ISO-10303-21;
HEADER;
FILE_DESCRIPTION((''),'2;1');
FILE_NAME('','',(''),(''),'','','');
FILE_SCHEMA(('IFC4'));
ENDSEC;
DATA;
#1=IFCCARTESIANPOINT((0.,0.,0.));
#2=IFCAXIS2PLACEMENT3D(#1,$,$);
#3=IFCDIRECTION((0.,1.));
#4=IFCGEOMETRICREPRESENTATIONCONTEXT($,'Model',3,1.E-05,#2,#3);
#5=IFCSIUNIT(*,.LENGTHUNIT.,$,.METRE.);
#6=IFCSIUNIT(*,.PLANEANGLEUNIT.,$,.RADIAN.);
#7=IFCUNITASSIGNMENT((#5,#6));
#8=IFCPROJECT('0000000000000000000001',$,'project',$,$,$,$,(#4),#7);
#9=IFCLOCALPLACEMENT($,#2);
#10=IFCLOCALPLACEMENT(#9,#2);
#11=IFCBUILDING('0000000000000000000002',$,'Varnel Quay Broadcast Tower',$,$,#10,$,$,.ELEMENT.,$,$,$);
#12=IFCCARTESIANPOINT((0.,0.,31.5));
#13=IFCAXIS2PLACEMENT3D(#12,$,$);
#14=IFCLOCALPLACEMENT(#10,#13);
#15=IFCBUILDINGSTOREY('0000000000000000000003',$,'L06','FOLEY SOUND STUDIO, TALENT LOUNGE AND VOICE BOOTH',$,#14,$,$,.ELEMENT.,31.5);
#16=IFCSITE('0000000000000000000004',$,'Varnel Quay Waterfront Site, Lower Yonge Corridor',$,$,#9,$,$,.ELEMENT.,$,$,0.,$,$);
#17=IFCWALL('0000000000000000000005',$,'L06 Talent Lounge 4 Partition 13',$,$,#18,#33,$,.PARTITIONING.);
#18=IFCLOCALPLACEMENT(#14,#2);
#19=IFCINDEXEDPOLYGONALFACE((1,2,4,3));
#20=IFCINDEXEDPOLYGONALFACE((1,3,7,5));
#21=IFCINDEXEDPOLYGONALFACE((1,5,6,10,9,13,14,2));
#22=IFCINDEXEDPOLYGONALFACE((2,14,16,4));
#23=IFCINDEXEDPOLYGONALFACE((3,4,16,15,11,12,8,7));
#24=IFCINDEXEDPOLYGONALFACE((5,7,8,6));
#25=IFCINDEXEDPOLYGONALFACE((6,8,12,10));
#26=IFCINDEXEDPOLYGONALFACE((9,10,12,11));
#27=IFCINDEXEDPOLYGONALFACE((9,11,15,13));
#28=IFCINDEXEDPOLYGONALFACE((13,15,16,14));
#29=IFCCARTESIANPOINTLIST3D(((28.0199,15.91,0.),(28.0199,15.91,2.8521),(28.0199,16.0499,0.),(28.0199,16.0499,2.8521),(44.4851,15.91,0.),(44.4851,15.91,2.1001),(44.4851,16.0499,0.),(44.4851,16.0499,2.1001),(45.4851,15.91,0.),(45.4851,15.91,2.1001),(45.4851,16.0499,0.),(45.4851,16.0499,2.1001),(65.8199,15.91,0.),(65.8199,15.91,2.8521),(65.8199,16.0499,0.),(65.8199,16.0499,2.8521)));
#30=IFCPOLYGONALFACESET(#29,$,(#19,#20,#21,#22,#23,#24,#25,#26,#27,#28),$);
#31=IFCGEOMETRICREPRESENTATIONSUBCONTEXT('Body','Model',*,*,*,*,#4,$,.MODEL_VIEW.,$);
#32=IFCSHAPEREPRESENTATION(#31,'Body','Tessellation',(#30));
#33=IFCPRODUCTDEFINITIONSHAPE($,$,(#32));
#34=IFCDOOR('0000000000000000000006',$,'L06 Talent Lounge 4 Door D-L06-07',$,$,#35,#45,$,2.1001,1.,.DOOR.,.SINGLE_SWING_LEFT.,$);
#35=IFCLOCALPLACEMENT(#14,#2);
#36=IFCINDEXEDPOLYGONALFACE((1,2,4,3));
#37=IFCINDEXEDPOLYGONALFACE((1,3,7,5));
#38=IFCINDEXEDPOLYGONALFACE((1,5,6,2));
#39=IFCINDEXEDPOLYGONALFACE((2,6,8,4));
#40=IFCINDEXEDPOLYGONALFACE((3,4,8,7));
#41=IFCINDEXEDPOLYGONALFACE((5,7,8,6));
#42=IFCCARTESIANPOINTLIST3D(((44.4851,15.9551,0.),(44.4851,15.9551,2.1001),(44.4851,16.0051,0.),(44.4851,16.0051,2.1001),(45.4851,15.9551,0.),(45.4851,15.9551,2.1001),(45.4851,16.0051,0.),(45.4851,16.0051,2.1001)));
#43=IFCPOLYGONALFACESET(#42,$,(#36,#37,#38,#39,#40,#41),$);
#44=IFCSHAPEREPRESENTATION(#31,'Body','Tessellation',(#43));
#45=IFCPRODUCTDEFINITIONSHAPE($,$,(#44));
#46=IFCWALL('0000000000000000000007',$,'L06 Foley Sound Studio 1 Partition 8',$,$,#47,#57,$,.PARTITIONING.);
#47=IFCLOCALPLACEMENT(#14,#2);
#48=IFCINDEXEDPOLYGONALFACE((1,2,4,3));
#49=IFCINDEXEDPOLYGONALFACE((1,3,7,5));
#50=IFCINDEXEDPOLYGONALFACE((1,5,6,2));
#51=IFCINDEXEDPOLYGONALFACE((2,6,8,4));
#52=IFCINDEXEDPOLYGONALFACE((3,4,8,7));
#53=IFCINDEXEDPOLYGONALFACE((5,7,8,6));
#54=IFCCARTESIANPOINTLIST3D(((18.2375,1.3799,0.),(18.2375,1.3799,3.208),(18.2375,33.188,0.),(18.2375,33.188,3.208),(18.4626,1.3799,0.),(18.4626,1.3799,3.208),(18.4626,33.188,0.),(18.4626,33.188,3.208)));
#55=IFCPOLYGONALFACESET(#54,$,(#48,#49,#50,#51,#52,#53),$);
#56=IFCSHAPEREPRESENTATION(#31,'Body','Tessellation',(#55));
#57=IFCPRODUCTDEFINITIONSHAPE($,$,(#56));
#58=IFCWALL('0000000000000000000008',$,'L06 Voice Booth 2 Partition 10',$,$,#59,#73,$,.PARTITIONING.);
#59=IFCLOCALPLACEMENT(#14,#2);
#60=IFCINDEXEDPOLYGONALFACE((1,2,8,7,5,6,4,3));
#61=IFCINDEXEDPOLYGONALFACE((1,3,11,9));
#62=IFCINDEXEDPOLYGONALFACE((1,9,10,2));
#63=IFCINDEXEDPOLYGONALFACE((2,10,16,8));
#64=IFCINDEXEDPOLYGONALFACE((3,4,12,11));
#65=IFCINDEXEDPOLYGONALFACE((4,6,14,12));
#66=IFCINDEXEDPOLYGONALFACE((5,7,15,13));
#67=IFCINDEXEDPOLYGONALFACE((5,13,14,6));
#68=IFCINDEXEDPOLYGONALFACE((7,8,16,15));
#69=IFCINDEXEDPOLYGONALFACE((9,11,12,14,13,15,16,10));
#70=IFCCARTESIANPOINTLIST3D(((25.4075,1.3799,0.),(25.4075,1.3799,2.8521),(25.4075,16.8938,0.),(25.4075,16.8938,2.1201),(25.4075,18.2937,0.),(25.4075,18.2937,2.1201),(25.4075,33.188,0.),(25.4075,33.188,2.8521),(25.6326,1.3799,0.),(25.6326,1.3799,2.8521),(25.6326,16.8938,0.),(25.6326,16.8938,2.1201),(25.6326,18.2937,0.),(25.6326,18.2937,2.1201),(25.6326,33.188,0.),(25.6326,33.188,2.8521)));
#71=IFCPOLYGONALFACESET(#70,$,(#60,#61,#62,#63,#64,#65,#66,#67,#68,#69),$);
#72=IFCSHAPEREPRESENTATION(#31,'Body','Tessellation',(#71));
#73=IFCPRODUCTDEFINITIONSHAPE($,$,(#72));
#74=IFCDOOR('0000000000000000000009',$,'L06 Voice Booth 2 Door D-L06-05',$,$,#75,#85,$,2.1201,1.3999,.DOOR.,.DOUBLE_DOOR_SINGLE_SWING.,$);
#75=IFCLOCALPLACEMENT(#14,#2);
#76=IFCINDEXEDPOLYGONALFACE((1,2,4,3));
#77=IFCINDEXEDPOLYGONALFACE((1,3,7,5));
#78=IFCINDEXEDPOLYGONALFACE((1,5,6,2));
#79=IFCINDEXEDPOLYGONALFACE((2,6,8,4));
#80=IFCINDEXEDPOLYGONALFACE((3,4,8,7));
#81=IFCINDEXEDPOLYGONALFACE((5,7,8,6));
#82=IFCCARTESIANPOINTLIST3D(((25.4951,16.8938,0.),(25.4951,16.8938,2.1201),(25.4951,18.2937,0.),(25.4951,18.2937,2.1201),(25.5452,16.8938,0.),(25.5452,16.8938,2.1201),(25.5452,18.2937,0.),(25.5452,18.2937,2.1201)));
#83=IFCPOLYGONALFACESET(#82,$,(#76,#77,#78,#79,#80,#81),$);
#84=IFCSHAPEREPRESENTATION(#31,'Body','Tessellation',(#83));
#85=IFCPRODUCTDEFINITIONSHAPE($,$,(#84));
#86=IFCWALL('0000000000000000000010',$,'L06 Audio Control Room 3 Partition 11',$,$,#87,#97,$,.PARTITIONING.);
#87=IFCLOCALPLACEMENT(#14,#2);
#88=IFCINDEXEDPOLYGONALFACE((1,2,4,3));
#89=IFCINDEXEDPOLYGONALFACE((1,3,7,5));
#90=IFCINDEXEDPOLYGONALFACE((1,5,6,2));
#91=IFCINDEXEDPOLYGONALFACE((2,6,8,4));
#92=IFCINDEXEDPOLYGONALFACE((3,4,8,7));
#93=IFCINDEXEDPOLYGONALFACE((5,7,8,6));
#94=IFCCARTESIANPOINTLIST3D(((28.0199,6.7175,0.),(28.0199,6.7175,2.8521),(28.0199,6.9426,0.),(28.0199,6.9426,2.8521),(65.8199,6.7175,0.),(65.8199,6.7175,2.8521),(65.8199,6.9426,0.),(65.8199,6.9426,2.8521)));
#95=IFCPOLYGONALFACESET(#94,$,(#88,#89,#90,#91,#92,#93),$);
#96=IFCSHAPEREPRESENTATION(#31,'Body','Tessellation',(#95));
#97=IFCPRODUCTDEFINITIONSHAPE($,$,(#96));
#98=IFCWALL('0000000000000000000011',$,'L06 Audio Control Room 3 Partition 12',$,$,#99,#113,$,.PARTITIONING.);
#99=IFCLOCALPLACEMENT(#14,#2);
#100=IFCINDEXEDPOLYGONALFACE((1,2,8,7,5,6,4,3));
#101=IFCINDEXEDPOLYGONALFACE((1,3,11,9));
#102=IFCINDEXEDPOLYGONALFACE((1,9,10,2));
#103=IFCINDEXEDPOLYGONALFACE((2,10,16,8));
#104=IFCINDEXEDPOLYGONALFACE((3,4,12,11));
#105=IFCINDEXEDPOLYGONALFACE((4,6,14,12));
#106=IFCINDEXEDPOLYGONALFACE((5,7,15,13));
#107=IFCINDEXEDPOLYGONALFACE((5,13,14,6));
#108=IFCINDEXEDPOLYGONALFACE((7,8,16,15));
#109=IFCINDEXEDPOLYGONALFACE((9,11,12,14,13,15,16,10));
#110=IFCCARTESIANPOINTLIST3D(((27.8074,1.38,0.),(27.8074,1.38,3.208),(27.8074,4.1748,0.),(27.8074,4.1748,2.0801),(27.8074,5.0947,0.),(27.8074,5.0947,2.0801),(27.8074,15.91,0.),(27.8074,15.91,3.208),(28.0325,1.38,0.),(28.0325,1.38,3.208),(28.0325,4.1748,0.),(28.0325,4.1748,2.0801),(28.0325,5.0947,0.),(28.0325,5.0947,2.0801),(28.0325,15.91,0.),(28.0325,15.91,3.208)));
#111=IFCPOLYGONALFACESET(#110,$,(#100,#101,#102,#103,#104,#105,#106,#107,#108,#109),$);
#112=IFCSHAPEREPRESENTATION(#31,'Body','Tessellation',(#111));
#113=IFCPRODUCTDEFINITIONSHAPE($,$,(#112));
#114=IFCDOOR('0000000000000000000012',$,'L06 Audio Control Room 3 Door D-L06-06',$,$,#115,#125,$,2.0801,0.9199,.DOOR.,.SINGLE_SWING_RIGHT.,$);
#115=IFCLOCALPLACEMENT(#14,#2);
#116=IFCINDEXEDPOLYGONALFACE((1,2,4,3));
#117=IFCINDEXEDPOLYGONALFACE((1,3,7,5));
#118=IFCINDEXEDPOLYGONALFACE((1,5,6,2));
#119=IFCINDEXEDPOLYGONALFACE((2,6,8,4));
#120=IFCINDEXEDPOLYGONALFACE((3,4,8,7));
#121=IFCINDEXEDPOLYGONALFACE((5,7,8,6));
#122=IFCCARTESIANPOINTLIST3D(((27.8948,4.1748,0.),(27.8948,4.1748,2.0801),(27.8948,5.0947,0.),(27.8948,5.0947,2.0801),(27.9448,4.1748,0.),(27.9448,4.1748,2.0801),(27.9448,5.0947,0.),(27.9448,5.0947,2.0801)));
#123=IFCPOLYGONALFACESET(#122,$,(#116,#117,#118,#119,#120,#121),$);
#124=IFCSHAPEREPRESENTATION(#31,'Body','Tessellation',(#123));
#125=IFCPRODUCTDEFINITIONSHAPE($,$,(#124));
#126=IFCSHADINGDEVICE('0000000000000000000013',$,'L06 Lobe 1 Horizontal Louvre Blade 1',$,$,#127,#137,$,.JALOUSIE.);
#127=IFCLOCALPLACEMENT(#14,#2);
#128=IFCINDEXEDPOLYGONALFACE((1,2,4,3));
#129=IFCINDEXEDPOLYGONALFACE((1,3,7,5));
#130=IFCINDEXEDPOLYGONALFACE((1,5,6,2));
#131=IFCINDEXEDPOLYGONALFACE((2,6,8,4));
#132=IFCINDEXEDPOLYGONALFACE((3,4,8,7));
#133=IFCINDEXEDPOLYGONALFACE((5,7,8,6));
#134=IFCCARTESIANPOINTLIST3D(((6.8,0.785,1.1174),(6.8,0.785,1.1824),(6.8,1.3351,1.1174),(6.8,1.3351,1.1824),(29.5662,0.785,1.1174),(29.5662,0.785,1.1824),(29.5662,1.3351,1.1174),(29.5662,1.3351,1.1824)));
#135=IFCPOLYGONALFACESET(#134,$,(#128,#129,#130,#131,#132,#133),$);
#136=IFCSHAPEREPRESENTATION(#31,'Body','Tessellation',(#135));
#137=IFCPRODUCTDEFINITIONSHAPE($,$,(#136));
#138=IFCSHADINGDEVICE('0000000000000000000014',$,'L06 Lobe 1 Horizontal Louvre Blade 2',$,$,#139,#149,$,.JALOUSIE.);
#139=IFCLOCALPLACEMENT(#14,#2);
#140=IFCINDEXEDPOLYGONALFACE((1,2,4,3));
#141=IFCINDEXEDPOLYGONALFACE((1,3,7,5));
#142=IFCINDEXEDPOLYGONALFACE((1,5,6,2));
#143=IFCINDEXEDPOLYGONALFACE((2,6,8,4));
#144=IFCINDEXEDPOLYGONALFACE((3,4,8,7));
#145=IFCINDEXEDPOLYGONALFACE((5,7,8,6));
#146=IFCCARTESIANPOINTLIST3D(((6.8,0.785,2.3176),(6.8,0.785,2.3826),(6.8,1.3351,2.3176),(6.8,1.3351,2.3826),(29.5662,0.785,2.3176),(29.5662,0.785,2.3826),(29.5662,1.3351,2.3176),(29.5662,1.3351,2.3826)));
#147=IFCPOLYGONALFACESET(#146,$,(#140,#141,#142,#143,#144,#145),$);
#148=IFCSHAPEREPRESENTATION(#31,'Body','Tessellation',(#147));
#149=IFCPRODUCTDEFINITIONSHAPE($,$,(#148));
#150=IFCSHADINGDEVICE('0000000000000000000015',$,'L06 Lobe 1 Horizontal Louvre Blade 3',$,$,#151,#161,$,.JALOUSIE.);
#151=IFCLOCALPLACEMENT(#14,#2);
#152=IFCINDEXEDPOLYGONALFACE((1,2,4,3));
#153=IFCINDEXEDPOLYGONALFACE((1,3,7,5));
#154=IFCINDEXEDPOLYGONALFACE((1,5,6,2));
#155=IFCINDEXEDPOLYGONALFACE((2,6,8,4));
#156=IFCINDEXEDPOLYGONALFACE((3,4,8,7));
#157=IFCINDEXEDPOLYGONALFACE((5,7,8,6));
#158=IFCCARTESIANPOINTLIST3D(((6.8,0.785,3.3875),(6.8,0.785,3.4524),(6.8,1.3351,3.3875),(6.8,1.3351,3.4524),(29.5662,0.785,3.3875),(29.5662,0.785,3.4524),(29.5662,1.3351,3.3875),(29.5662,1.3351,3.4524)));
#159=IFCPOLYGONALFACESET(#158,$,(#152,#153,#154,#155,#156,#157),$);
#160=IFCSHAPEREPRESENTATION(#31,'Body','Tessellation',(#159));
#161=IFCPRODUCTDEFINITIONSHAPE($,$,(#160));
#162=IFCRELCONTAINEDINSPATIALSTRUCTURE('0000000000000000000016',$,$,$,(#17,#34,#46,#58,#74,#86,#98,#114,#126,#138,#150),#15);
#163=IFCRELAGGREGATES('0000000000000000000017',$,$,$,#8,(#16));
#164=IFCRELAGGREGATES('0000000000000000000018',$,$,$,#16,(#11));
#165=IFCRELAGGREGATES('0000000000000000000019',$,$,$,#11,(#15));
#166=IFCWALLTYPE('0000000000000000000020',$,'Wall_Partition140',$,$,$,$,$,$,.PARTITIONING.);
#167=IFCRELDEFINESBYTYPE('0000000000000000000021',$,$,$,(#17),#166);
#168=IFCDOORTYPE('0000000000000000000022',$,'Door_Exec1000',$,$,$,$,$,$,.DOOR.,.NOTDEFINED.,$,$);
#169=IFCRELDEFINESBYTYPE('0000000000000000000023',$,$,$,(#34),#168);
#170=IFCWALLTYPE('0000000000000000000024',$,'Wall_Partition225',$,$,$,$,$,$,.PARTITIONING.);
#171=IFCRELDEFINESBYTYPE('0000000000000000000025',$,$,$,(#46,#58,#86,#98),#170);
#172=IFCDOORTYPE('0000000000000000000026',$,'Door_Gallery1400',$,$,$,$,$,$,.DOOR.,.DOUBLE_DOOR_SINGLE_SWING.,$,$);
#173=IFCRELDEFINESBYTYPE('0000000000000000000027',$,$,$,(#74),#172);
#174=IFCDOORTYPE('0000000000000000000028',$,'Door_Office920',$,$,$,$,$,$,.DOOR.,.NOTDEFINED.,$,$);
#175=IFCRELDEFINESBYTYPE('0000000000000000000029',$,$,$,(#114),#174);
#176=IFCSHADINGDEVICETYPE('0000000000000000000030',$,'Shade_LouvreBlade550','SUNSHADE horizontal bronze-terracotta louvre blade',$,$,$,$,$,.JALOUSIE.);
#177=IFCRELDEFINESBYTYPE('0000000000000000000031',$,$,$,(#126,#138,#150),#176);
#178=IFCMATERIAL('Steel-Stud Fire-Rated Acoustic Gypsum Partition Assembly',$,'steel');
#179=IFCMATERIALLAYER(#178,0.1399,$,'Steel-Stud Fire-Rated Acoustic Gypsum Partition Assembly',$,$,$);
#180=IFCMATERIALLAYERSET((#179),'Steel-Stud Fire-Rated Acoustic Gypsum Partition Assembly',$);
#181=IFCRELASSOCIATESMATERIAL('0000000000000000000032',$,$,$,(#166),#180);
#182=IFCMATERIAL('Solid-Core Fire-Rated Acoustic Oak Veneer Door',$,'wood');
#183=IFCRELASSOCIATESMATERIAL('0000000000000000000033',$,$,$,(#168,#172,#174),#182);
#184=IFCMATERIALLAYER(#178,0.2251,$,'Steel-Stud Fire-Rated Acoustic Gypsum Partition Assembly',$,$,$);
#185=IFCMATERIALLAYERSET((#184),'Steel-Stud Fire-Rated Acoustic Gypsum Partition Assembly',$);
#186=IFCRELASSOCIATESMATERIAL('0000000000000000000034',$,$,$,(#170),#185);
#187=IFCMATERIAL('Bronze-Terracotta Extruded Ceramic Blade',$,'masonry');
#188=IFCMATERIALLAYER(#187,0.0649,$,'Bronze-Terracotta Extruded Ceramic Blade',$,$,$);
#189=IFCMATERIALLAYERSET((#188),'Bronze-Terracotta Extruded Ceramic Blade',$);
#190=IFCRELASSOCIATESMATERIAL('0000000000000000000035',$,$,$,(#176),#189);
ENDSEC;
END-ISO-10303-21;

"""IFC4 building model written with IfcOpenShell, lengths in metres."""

from ifc_helpers import new_model, si_unit, direction, frame, frame_2d, origin, origin_2d, place, context, subcontext, project, spatial, rectangle, extrude, source, transform, mapped, material, layer, layer_set, type_object, type_shapes, element, fill, save


model = new_model("IFC4")

# Units and contexts
model_context = context("Model", 3, precision=1e-05, world=origin(), true_north=direction((0.0, 1.0)))
body_context = subcontext(model_context, "Body", "Model", "MODEL_VIEW")
ifc_project = project(units=[si_unit("LENGTHUNIT", "METRE"), si_unit("PLANEANGLEUNIT", "RADIAN")], contexts=[model_context])

# Site, building, storey
site_placement = place(None, origin())
site = spatial("IfcSite", under=ifc_project, at=site_placement, Name="Varnel Quay Waterfront Site, Lower Yonge Corridor", CompositionType="ELEMENT", RefElevation=0.0)
building_placement = place(site_placement, origin())
building = spatial("IfcBuilding", under=site, at=building_placement, Name="Varnel Quay Broadcast Tower", CompositionType="ELEMENT")
storey_placement = place(building_placement, frame((0.0, 0.0, 31.5)))
storey = spatial("IfcBuildingStorey", under=building, at=storey_placement, Name="L06", Description="FOLEY SOUND STUDIO, TALENT LOUNGE AND VOICE BOOTH", CompositionType="ELEMENT", Elevation=31.5)

# Wall, opening, door
ifc_material_1 = material(Name="Steel-Stud Fire-Rated Acoustic Gypsum Partition Assembly", Category="steel")
ifc_layer_1 = layer(ifc_material_1, 0.1399, Name="Steel-Stud Fire-Rated Acoustic Gypsum Partition Assembly")
ifc_layer_set_1 = layer_set([ifc_layer_1], Name="Steel-Stud Fire-Rated Acoustic Gypsum Partition Assembly")
wall_type_1 = type_object("IfcWallType", Name="Wall_Partition140", PredefinedType="PARTITIONING", material=ifc_layer_set_1)
wall_1_placement = place(storey_placement, frame((28.02, 15.98, 0.0), z_axis=(0.0, 0.0, 1.0), x_axis=(1.0, 0.0, 0.0)))
wall_1 = element("IfcWall", 1, at=wall_1_placement, inside=storey, type_object=wall_type_1, Name="L06 Talent Lounge 4 Partition 13", PredefinedType="PARTITIONING", context=body_context, shape_type="SweptSolid", body=[
    extrude(rectangle(XDim=37.8, YDim=0.1399, at=frame_2d((18.8999, 0.0))), origin(), (0.0, 0.0, 1.0), 2.8521),
])
opening_1_placement = place(wall_1_placement, frame((16.4651, 0.0, 0.0)))
opening_1 = element("IfcOpeningElement", 2, at=opening_1_placement, cuts=wall_1, PredefinedType="OPENING", context=body_context, shape_type="SweptSolid", body=[
    extrude(rectangle(XDim=1.0, YDim=2.1001, at=frame_2d((0.5, 1.05))), frame((0.0, 0.0801, 0.0), z_axis=(0.0, -1.0, 0.0), x_axis=(1.0, 0.0, 0.0)), (0.0, 0.0, 1.0), 0.1599),
])
ifc_material_2 = material(Name="Solid-Core Fire-Rated Acoustic Oak Veneer Door", Category="wood")
door_type_1 = type_object("IfcDoorType", Name="Door_Exec1000", OperationType="NOTDEFINED", PredefinedType="DOOR", material=ifc_material_2)
shared_shape_1 = source(origin(), body_context, "Body", "SweptSolid", [
    extrude(rectangle(XDim=1.0, YDim=2.1001, at=frame_2d((0.5, 1.05))), frame((0.0, 0.0249, 0.0), z_axis=(0.0, -1.0, 0.0), x_axis=(1.0, 0.0, 0.0)), (0.0, 0.0, 1.0), 0.05),
])
type_shapes(door_type_1, [shared_shape_1])
door_1_placement = place(opening_1_placement, frame((1.0, 0.0, 0.0), z_axis=(0.0, 0.0, 1.0), x_axis=(-1.0, 0.0, 0.0)))
door_1 = element("IfcDoor", 3, at=door_1_placement, inside=storey, type_object=door_type_1, Name="L06 Talent Lounge 4 Door D-L06-07", OperationType="SINGLE_SWING_LEFT", OverallHeight=2.1001, OverallWidth=1.0, PredefinedType="DOOR", context=body_context, shape_type="MappedRepresentation", body=[
    mapped(shared_shape_1, transform((0.0, 0.0, 0.0), x_axis=(1.0, 0.0, 0.0), y_axis=(0.0, 1.0, 0.0), z_axis=(0.0, 0.0, 1.0), scale=1.0)),
])
fill(opening_1, door_1)

# Wall
ifc_layer_2 = layer(ifc_material_1, 0.2251, Name="Steel-Stud Fire-Rated Acoustic Gypsum Partition Assembly")
ifc_layer_set_2 = layer_set([ifc_layer_2], Name="Steel-Stud Fire-Rated Acoustic Gypsum Partition Assembly")
wall_type_2 = type_object("IfcWallType", Name="Wall_Partition225", PredefinedType="PARTITIONING", material=ifc_layer_set_2)
wall_2_placement = place(storey_placement, frame((18.3501, 1.3799, 0.0), z_axis=(0.0, 0.0, 1.0), x_axis=(0.0, 1.0, 0.0)))
element("IfcWall", 4, at=wall_2_placement, inside=storey, type_object=wall_type_2, Name="L06 Foley Sound Studio 1 Partition 8", PredefinedType="PARTITIONING", context=body_context, shape_type="SweptSolid", body=[
    extrude(rectangle(XDim=31.8081, YDim=0.2251, at=frame_2d((15.9041, 0.0))), origin(), (0.0, 0.0, 1.0), 3.208),
])

# Wall, opening, door
wall_3_placement = place(storey_placement, frame((25.52, 1.3799, 0.0), z_axis=(0.0, 0.0, 1.0), x_axis=(0.0, 1.0, 0.0)))
wall_3 = element("IfcWall", 5, at=wall_3_placement, inside=storey, type_object=wall_type_2, Name="L06 Voice Booth 2 Partition 10", PredefinedType="PARTITIONING", context=body_context, shape_type="SweptSolid", body=[
    extrude(rectangle(XDim=31.8081, YDim=0.2251, at=frame_2d((15.9041, 0.0))), origin(), (0.0, 0.0, 1.0), 2.8521),
])
opening_2_placement = place(wall_3_placement, frame((15.5139, 0.0, 0.0)))
opening_2 = element("IfcOpeningElement", 6, at=opening_2_placement, cuts=wall_3, PredefinedType="OPENING", context=body_context, shape_type="SweptSolid", body=[
    extrude(rectangle(XDim=1.3999, YDim=2.1201, at=frame_2d((0.7, 1.0601))), frame((0.0, 0.1226, 0.0), z_axis=(0.0, -1.0, 0.0), x_axis=(1.0, 0.0, 0.0)), (0.0, 0.0, 1.0), 0.2451),
])
door_type_2 = type_object("IfcDoorType", Name="Door_Gallery1400", OperationType="DOUBLE_DOOR_SINGLE_SWING", PredefinedType="DOOR", material=ifc_material_2)
shared_shape_2 = source(origin(), body_context, "Body", "SweptSolid", [
    extrude(rectangle(XDim=1.3999, YDim=2.1201, at=frame_2d((0.7, 1.0601))), frame((0.0, 0.0249, 0.0), z_axis=(0.0, -1.0, 0.0), x_axis=(1.0, 0.0, 0.0)), (0.0, 0.0, 1.0), 0.05),
])
type_shapes(door_type_2, [shared_shape_2])
door_2_placement = place(opening_2_placement, origin())
door_2 = element("IfcDoor", 7, at=door_2_placement, inside=storey, type_object=door_type_2, Name="L06 Voice Booth 2 Door D-L06-05", OperationType="DOUBLE_DOOR_SINGLE_SWING", OverallHeight=2.1201, OverallWidth=1.3999, PredefinedType="DOOR", context=body_context, shape_type="MappedRepresentation", body=[
    mapped(shared_shape_2, transform((0.0, 0.0, 0.0), x_axis=(1.0, 0.0, 0.0), y_axis=(0.0, 1.0, 0.0), z_axis=(0.0, 0.0, 1.0), scale=1.0)),
])
fill(opening_2, door_2)

# Wall
wall_4_placement = place(storey_placement, frame((28.02, 6.8301, 0.0), z_axis=(0.0, 0.0, 1.0), x_axis=(1.0, 0.0, 0.0)))
element("IfcWall", 8, at=wall_4_placement, inside=storey, type_object=wall_type_2, Name="L06 Audio Control Room 3 Partition 11", PredefinedType="PARTITIONING", context=body_context, shape_type="SweptSolid", body=[
    extrude(rectangle(XDim=37.8, YDim=0.2251, at=frame_2d((18.8999, 0.0))), origin(), (0.0, 0.0, 1.0), 2.8521),
])

# Wall, opening, door
wall_5_placement = place(storey_placement, frame((27.9199, 1.3799, 0.0), z_axis=(0.0, 0.0, 1.0), x_axis=(0.0, 1.0, 0.0)))
wall_5 = element("IfcWall", 9, at=wall_5_placement, inside=storey, type_object=wall_type_2, Name="L06 Audio Control Room 3 Partition 12", PredefinedType="PARTITIONING", context=body_context, shape_type="SweptSolid", body=[
    extrude(rectangle(XDim=14.53, YDim=0.2251, at=frame_2d((7.2651, 0.0))), origin(), (0.0, 0.0, 1.0), 3.208),
])
opening_3_placement = place(wall_5_placement, frame((2.7949, 0.0, 0.0)))
opening_3 = element("IfcOpeningElement", 10, at=opening_3_placement, cuts=wall_5, PredefinedType="OPENING", context=body_context, shape_type="SweptSolid", body=[
    extrude(rectangle(XDim=0.9199, YDim=2.0801, at=frame_2d((0.46, 1.04))), frame((0.0, 0.1226, 0.0), z_axis=(0.0, -1.0, 0.0), x_axis=(1.0, 0.0, 0.0)), (0.0, 0.0, 1.0), 0.2451),
])
door_type_3 = type_object("IfcDoorType", Name="Door_Office920", OperationType="NOTDEFINED", PredefinedType="DOOR", material=ifc_material_2)
shared_shape_3 = source(origin(), body_context, "Body", "SweptSolid", [
    extrude(rectangle(XDim=0.9199, YDim=2.0801, at=frame_2d((0.46, 1.04))), frame((0.0, 0.0249, 0.0), z_axis=(0.0, -1.0, 0.0), x_axis=(1.0, 0.0, 0.0)), (0.0, 0.0, 1.0), 0.05),
])
type_shapes(door_type_3, [shared_shape_3])
door_3_placement = place(opening_3_placement, frame((0.9199, 0.0, 0.0), z_axis=(0.0, 0.0, 1.0), x_axis=(-1.0, 0.0, 0.0)))
door_3 = element("IfcDoor", 11, at=door_3_placement, inside=storey, type_object=door_type_3, Name="L06 Audio Control Room 3 Door D-L06-06", OperationType="SINGLE_SWING_RIGHT", OverallHeight=2.0801, OverallWidth=0.9199, PredefinedType="DOOR", context=body_context, shape_type="MappedRepresentation", body=[
    mapped(shared_shape_3, transform((0.0, 0.0, 0.0), x_axis=(1.0, 0.0, 0.0), y_axis=(0.0, 1.0, 0.0), z_axis=(0.0, 0.0, 1.0), scale=1.0)),
])
fill(opening_3, door_3)

# Shading devices
ifc_material_3 = material(Name="Bronze-Terracotta Extruded Ceramic Blade", Category="masonry")
ifc_layer_3 = layer(ifc_material_3, 0.0649, Name="Bronze-Terracotta Extruded Ceramic Blade")
ifc_layer_set_3 = layer_set([ifc_layer_3], Name="Bronze-Terracotta Extruded Ceramic Blade")
shading_device_type = type_object("IfcShadingDeviceType", Name="Shade_LouvreBlade550", Description="SUNSHADE horizontal bronze-terracotta louvre blade", PredefinedType="JALOUSIE", material=ifc_layer_set_3)
shared_shape_4 = source(origin(), body_context, "Body", "SweptSolid", [
    extrude(rectangle(XDim=22.7661, YDim=0.55, at=origin_2d()), origin(), (0.0, 0.0, 1.0), 0.0649),
])
type_shapes(shading_device_type, [shared_shape_4])
for number, where, z_axis, x_axis, name in (
    (12, (18.1831, 1.0601, 1.1174), (0.0, 0.0, 1.0), (1.0, 0.0, 0.0), "L06 Lobe 1 Horizontal Louvre Blade 1"),
    (13, (18.1831, 1.0601, 2.3176), (0.0, 0.0, 1.0), (1.0, 0.0, 0.0), "L06 Lobe 1 Horizontal Louvre Blade 2"),
    (14, (18.1831, 1.0601, 3.3875), (0.0, 0.0, 1.0), (1.0, 0.0, 0.0), "L06 Lobe 1 Horizontal Louvre Blade 3"),
):
    element("IfcShadingDevice", number, at=place(storey_placement, frame(where, z_axis=z_axis, x_axis=x_axis)), inside=storey, type_object=shading_device_type, Name=name, PredefinedType="JALOUSIE", context=body_context, shape_type="MappedRepresentation", body=[
        mapped(shared_shape_4, transform((0.0, 0.0, 0.0), x_axis=(1.0, 0.0, 0.0), y_axis=(0.0, 1.0, 0.0), z_axis=(0.0, 0.0, 1.0), scale=1.0)),
    ])

save(model, "model.ifc")
